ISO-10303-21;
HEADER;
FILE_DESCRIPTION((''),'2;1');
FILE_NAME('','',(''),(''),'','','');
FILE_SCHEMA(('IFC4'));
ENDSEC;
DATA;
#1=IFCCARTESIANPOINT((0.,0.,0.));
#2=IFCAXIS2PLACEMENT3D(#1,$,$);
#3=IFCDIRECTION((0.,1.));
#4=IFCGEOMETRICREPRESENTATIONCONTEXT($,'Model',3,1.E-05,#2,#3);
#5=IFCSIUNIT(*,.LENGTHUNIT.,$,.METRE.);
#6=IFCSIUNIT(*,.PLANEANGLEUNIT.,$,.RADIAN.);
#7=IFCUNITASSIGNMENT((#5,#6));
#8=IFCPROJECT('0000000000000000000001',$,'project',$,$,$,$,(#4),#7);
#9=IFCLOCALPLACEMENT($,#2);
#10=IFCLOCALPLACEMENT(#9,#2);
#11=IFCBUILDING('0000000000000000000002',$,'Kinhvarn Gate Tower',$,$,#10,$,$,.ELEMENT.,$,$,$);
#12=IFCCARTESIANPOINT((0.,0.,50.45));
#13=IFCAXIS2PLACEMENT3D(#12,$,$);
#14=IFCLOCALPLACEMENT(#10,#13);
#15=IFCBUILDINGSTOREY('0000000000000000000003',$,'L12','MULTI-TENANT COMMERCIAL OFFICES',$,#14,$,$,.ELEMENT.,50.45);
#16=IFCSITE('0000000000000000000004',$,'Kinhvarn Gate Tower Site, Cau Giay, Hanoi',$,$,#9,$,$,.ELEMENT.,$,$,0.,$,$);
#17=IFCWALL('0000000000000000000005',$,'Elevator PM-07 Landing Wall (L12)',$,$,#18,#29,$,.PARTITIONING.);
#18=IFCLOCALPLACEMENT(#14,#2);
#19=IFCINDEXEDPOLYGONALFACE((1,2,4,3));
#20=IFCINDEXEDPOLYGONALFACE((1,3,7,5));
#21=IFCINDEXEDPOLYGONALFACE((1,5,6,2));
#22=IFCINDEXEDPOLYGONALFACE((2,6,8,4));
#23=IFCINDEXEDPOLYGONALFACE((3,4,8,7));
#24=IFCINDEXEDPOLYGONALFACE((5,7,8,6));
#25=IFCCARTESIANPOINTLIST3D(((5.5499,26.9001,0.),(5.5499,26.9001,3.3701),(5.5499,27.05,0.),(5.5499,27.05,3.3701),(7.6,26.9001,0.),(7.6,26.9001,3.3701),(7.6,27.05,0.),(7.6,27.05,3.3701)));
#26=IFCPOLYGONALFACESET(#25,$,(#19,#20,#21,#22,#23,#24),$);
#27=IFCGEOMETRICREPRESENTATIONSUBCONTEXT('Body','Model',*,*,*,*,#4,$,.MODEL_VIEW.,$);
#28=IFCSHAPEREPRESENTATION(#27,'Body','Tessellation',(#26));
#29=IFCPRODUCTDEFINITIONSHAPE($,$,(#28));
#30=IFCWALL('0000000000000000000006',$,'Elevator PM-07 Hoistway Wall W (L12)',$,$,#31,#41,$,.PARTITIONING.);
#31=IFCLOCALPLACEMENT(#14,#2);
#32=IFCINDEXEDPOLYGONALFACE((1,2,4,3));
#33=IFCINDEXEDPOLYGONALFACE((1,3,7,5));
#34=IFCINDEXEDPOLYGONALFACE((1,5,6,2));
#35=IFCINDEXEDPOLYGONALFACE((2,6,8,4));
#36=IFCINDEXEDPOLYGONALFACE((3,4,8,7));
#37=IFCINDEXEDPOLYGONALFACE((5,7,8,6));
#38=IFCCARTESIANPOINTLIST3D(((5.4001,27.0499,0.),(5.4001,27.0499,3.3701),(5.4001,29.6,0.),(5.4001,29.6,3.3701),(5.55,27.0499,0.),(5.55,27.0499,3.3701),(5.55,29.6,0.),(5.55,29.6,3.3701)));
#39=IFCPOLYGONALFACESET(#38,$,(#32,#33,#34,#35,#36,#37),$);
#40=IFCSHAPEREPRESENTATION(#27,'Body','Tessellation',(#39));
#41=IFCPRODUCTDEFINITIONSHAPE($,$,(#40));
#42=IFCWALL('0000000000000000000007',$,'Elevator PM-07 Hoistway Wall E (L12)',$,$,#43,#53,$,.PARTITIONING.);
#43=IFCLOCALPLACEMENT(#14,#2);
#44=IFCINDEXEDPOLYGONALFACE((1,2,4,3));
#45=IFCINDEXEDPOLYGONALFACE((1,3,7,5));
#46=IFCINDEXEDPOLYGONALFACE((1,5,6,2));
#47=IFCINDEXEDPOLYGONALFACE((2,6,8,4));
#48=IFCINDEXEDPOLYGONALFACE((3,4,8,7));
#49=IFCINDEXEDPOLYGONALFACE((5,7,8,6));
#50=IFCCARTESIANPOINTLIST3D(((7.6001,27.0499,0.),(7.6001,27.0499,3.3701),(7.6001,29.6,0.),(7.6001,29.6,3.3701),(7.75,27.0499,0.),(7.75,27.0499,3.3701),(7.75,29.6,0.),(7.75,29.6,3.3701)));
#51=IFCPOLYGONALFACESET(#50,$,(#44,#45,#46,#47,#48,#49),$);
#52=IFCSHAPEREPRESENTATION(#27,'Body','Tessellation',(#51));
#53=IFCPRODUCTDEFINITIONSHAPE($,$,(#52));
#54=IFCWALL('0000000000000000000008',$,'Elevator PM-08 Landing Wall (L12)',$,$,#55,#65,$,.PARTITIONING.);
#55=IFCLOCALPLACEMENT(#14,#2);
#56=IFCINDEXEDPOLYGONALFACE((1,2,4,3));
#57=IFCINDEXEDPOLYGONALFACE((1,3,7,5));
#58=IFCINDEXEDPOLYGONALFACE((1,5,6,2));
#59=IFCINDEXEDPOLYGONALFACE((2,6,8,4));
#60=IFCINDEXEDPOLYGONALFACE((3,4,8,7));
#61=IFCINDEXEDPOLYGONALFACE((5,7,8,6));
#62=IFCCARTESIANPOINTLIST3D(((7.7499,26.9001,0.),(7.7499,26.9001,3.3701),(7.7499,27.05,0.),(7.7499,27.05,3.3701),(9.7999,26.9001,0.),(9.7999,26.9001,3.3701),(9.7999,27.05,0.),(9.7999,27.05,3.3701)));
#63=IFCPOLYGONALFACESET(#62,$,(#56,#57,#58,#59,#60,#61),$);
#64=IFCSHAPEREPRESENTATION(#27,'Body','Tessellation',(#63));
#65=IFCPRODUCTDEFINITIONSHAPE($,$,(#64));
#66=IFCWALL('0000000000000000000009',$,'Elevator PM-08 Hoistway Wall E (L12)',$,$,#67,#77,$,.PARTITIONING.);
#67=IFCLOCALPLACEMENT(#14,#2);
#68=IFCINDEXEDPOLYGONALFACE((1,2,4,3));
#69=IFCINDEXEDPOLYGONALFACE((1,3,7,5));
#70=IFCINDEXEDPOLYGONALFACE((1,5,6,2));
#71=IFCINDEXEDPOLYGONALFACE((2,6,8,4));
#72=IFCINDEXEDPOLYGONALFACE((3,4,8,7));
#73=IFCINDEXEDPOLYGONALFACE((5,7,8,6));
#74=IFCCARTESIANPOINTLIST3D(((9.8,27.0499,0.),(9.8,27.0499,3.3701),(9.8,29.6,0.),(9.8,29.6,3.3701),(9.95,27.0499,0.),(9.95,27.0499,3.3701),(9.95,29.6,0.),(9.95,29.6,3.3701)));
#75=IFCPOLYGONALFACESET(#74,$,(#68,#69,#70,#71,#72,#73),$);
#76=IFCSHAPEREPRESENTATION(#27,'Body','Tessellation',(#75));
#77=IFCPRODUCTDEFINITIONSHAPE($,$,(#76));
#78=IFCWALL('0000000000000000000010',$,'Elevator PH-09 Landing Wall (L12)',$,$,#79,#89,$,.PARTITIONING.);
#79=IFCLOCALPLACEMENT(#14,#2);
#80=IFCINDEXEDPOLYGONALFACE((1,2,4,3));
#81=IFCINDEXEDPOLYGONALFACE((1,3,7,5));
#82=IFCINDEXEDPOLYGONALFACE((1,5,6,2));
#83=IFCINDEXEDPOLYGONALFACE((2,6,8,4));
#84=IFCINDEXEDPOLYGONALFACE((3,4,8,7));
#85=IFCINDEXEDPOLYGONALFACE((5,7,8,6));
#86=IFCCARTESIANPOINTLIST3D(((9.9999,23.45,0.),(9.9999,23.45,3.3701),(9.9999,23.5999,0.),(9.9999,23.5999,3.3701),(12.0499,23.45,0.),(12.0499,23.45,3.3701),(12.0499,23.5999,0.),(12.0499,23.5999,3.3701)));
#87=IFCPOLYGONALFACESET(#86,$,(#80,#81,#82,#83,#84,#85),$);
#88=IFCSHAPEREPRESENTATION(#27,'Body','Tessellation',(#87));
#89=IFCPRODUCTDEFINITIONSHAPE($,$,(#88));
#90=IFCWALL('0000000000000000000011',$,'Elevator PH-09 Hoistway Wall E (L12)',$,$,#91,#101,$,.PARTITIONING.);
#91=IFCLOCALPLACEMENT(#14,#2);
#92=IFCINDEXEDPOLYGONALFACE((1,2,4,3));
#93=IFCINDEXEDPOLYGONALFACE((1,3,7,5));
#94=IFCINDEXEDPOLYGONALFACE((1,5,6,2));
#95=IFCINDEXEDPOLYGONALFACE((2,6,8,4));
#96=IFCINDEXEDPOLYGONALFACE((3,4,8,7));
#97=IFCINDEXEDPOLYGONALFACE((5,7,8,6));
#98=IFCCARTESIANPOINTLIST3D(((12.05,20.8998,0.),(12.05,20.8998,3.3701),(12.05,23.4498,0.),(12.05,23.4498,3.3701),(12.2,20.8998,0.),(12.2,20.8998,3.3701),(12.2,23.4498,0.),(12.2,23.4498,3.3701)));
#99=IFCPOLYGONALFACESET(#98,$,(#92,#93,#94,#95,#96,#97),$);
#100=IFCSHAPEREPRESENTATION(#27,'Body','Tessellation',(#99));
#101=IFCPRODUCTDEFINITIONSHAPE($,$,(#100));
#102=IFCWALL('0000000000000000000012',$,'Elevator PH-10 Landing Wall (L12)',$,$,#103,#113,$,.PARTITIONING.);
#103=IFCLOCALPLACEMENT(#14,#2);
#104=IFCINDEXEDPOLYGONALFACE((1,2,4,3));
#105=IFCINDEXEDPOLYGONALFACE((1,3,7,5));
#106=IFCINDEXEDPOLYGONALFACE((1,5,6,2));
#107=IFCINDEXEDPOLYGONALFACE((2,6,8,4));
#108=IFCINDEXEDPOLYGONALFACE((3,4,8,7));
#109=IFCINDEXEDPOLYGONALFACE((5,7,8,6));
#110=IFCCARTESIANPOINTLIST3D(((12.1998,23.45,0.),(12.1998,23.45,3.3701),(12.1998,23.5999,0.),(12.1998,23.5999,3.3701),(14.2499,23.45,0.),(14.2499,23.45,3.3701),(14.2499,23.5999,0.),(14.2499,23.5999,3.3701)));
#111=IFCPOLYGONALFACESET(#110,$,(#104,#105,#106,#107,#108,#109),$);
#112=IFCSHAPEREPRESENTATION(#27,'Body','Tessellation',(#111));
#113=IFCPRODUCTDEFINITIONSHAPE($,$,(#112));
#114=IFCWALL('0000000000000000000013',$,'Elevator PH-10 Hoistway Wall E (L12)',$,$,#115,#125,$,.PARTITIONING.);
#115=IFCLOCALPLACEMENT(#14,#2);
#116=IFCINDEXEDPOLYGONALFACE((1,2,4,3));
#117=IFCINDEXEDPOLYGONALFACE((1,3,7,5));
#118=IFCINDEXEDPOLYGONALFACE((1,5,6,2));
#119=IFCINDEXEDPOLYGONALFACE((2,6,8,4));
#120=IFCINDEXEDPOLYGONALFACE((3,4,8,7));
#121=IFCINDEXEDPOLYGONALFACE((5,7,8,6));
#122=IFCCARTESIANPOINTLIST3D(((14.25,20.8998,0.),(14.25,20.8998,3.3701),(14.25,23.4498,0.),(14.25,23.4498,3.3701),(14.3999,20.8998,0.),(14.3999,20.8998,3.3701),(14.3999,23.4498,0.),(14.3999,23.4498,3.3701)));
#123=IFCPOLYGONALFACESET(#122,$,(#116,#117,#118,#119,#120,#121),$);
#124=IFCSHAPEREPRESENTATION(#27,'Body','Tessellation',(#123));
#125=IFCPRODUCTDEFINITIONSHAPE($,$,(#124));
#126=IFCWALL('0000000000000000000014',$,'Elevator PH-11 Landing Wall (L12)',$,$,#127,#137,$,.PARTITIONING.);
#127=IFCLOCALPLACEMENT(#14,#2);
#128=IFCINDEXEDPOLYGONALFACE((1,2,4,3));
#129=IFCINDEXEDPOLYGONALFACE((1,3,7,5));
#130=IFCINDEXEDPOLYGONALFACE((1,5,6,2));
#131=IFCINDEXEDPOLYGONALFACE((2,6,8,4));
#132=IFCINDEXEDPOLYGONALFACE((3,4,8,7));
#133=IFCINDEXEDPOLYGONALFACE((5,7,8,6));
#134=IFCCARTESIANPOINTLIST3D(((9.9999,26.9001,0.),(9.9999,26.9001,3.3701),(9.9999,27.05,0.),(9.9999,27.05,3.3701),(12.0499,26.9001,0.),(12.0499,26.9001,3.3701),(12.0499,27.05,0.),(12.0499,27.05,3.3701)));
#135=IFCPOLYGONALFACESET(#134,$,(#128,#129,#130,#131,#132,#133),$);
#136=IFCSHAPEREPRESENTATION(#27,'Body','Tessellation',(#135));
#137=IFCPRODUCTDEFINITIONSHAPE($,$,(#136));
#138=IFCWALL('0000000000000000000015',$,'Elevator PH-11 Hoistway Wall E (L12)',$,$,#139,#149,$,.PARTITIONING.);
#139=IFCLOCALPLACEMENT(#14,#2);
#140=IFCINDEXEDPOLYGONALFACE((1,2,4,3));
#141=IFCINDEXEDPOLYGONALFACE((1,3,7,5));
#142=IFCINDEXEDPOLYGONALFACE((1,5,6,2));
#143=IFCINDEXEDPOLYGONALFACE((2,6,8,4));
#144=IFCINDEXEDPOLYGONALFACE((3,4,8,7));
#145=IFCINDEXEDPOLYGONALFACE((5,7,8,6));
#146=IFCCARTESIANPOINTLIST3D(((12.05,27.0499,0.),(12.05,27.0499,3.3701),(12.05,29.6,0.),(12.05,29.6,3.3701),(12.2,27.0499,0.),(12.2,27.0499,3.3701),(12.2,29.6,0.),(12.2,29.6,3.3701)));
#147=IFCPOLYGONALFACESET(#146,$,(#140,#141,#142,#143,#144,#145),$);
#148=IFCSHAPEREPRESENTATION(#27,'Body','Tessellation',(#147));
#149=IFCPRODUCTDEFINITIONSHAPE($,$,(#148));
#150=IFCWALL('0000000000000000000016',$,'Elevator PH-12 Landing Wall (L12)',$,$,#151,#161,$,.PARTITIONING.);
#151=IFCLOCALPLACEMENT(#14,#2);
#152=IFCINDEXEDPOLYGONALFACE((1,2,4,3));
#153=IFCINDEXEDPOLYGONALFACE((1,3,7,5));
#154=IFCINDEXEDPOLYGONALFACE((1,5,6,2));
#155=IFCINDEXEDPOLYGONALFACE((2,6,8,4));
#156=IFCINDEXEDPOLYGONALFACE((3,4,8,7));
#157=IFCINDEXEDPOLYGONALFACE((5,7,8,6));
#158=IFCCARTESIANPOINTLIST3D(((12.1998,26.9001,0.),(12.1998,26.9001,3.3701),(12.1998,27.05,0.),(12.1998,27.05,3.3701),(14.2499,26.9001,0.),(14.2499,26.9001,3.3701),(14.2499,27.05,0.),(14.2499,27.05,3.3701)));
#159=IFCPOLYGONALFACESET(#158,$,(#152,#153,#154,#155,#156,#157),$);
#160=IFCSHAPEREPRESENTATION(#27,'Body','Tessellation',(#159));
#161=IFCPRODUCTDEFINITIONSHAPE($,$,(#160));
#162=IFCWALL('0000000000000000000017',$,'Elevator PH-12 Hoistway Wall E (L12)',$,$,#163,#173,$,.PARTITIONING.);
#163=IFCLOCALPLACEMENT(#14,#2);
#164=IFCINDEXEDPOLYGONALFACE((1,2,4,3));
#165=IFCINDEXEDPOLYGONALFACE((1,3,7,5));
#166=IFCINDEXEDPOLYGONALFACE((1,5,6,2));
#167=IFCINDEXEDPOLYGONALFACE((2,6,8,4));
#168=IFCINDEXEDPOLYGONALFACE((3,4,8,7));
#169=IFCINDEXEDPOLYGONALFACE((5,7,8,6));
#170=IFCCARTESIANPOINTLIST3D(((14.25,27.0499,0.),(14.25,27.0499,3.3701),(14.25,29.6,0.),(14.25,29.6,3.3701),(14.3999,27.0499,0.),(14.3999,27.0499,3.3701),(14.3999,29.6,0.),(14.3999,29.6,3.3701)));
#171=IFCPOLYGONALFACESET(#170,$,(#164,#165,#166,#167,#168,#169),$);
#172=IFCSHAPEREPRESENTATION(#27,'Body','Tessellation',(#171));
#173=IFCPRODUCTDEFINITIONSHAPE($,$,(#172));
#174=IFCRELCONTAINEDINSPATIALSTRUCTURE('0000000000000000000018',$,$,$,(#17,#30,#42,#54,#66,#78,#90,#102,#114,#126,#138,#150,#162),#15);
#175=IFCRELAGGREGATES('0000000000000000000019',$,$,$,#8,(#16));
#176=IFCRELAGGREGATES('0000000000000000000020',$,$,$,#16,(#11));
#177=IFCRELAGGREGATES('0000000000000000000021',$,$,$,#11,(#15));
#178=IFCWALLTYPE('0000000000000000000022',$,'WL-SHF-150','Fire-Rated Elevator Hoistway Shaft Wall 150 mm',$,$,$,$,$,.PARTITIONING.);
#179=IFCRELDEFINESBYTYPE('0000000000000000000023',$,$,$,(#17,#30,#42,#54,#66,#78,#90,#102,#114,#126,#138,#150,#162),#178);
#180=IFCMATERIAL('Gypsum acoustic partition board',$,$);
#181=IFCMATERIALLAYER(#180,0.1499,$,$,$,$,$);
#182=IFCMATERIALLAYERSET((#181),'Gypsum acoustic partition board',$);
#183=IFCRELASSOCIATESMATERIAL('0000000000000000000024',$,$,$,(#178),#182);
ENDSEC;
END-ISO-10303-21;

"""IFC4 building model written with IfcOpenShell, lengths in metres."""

from ifc_helpers import new_model, si_unit, direction, frame, frame_2d, origin, place, context, subcontext, project, spatial, rectangle, extrude, material, layer, layer_set, type_object, element, save


model = new_model("IFC4")

# Units and contexts
model_context = context("Model", 3, precision=1e-05, world=origin(), true_north=direction((0.0, 1.0)))
body_context = subcontext(model_context, "Body", "Model", "MODEL_VIEW")
ifc_project = project(units=[si_unit("LENGTHUNIT", "METRE"), si_unit("PLANEANGLEUNIT", "RADIAN")], contexts=[model_context])

# Site, building, storey
site_placement = place(None, origin())
site = spatial("IfcSite", under=ifc_project, at=site_placement, Name="Kinhvarn Gate Tower Site, Cau Giay, Hanoi", CompositionType="ELEMENT", RefElevation=0.0)
building_placement = place(site_placement, origin())
building = spatial("IfcBuilding", under=site, at=building_placement, Name="Kinhvarn Gate Tower", CompositionType="ELEMENT")
storey_placement = place(building_placement, frame((0.0, 0.0, 50.45)))
storey = spatial("IfcBuildingStorey", under=building, at=storey_placement, Name="L12", Description="MULTI-TENANT COMMERCIAL OFFICES", CompositionType="ELEMENT", Elevation=50.45)

# Shared definitions
ifc_material_1 = material(Name="Gypsum acoustic partition board")

# Walls
ifc_layer_1 = layer(ifc_material_1, 0.1499)
ifc_layer_set_1 = layer_set([ifc_layer_1], Name="Gypsum acoustic partition board")
wall_type_1 = type_object("IfcWallType", Name="WL-SHF-150", Description="Fire-Rated Elevator Hoistway Shaft Wall 150 mm", PredefinedType="PARTITIONING", material=ifc_layer_set_1)
wall_1_placement = place(storey_placement, frame((5.55, 26.9751, 0.0), z_axis=(0.0, 0.0, 1.0), x_axis=(1.0, 0.0, 0.0)))
element("IfcWall", 1, at=wall_1_placement, inside=storey, type_object=wall_type_1, Name="Elevator PM-07 Landing Wall (L12)", PredefinedType="PARTITIONING", context=body_context, shape_type="SweptSolid", body=[
    extrude(rectangle(XDim=2.05, YDim=0.1499, at=frame_2d((1.0249, 0.0))), origin(), (0.0, 0.0, 1.0), 3.3701),
])
for number, where, z_axis, x_axis, name in (
    (2, (5.4751, 27.05, 0.0), (0.0, 0.0, 1.0), (0.0, 1.0, 0.0), "Elevator PM-07 Hoistway Wall W (L12)"),
    (3, (7.675, 27.05, 0.0), (0.0, 0.0, 1.0), (0.0, 1.0, 0.0), "Elevator PM-07 Hoistway Wall E (L12)"),
):
    element("IfcWall", number, at=place(storey_placement, frame(where, z_axis=z_axis, x_axis=x_axis)), inside=storey, type_object=wall_type_1, Name=name, PredefinedType="PARTITIONING", context=body_context, shape_type="SweptSolid", body=[
        extrude(rectangle(XDim=2.55, YDim=0.1499, at=frame_2d((1.2749, 0.0))), origin(), (0.0, 0.0, 1.0), 3.3701),
    ])
wall_2_placement = place(storey_placement, frame((7.75, 26.9751, 0.0), z_axis=(0.0, 0.0, 1.0), x_axis=(1.0, 0.0, 0.0)))
element("IfcWall", 4, at=wall_2_placement, inside=storey, type_object=wall_type_1, Name="Elevator PM-08 Landing Wall (L12)", PredefinedType="PARTITIONING", context=body_context, shape_type="SweptSolid", body=[
    extrude(rectangle(XDim=2.05, YDim=0.1499, at=frame_2d((1.0249, 0.0))), origin(), (0.0, 0.0, 1.0), 3.3701),
])
wall_3_placement = place(storey_placement, frame((9.875, 27.05, 0.0), z_axis=(0.0, 0.0, 1.0), x_axis=(0.0, 1.0, 0.0)))
element("IfcWall", 5, at=wall_3_placement, inside=storey, type_object=wall_type_1, Name="Elevator PM-08 Hoistway Wall E (L12)", PredefinedType="PARTITIONING", context=body_context, shape_type="SweptSolid", body=[
    extrude(rectangle(XDim=2.55, YDim=0.1499, at=frame_2d((1.2749, 0.0))), origin(), (0.0, 0.0, 1.0), 3.3701),
])
wall_4_placement = place(storey_placement, frame((10.0, 23.5249, 0.0), z_axis=(0.0, 0.0, 1.0), x_axis=(1.0, 0.0, 0.0)))
element("IfcWall", 6, at=wall_4_placement, inside=storey, type_object=wall_type_1, Name="Elevator PH-09 Landing Wall (L12)", PredefinedType="PARTITIONING", context=body_context, shape_type="SweptSolid", body=[
    extrude(rectangle(XDim=2.05, YDim=0.1499, at=frame_2d((1.0249, 0.0))), origin(), (0.0, 0.0, 1.0), 3.3701),
])
wall_5_placement = place(storey_placement, frame((12.125, 20.8999, 0.0), z_axis=(0.0, 0.0, 1.0), x_axis=(0.0, 1.0, 0.0)))
element("IfcWall", 7, at=wall_5_placement, inside=storey, type_object=wall_type_1, Name="Elevator PH-09 Hoistway Wall E (L12)", PredefinedType="PARTITIONING", context=body_context, shape_type="SweptSolid", body=[
    extrude(rectangle(XDim=2.55, YDim=0.1499, at=frame_2d((1.2749, 0.0))), origin(), (0.0, 0.0, 1.0), 3.3701),
])
wall_6_placement = place(storey_placement, frame((12.2, 23.5249, 0.0), z_axis=(0.0, 0.0, 1.0), x_axis=(1.0, 0.0, 0.0)))
element("IfcWall", 8, at=wall_6_placement, inside=storey, type_object=wall_type_1, Name="Elevator PH-10 Landing Wall (L12)", PredefinedType="PARTITIONING", context=body_context, shape_type="SweptSolid", body=[
    extrude(rectangle(XDim=2.05, YDim=0.1499, at=frame_2d((1.0249, 0.0))), origin(), (0.0, 0.0, 1.0), 3.3701),
])
wall_7_placement = place(storey_placement, frame((14.325, 20.8999, 0.0), z_axis=(0.0, 0.0, 1.0), x_axis=(0.0, 1.0, 0.0)))
element("IfcWall", 9, at=wall_7_placement, inside=storey, type_object=wall_type_1, Name="Elevator PH-10 Hoistway Wall E (L12)", PredefinedType="PARTITIONING", context=body_context, shape_type="SweptSolid", body=[
    extrude(rectangle(XDim=2.55, YDim=0.1499, at=frame_2d((1.2749, 0.0))), origin(), (0.0, 0.0, 1.0), 3.3701),
])
wall_8_placement = place(storey_placement, frame((10.0, 26.9751, 0.0), z_axis=(0.0, 0.0, 1.0), x_axis=(1.0, 0.0, 0.0)))
element("IfcWall", 10, at=wall_8_placement, inside=storey, type_object=wall_type_1, Name="Elevator PH-11 Landing Wall (L12)", PredefinedType="PARTITIONING", context=body_context, shape_type="SweptSolid", body=[
    extrude(rectangle(XDim=2.05, YDim=0.1499, at=frame_2d((1.0249, 0.0))), origin(), (0.0, 0.0, 1.0), 3.3701),
])
wall_9_placement = place(storey_placement, frame((12.125, 27.05, 0.0), z_axis=(0.0, 0.0, 1.0), x_axis=(0.0, 1.0, 0.0)))
element("IfcWall", 11, at=wall_9_placement, inside=storey, type_object=wall_type_1, Name="Elevator PH-11 Hoistway Wall E (L12)", PredefinedType="PARTITIONING", context=body_context, shape_type="SweptSolid", body=[
    extrude(rectangle(XDim=2.55, YDim=0.1499, at=frame_2d((1.2749, 0.0))), origin(), (0.0, 0.0, 1.0), 3.3701),
])
wall_10_placement = place(storey_placement, frame((12.2, 26.9751, 0.0), z_axis=(0.0, 0.0, 1.0), x_axis=(1.0, 0.0, 0.0)))
element("IfcWall", 12, at=wall_10_placement, inside=storey, type_object=wall_type_1, Name="Elevator PH-12 Landing Wall (L12)", PredefinedType="PARTITIONING", context=body_context, shape_type="SweptSolid", body=[
    extrude(rectangle(XDim=2.05, YDim=0.1499, at=frame_2d((1.0249, 0.0))), origin(), (0.0, 0.0, 1.0), 3.3701),
])
wall_11_placement = place(storey_placement, frame((14.325, 27.05, 0.0), z_axis=(0.0, 0.0, 1.0), x_axis=(0.0, 1.0, 0.0)))
element("IfcWall", 13, at=wall_11_placement, inside=storey, type_object=wall_type_1, Name="Elevator PH-12 Hoistway Wall E (L12)", PredefinedType="PARTITIONING", context=body_context, shape_type="SweptSolid", body=[
    extrude(rectangle(XDim=2.55, YDim=0.1499, at=frame_2d((1.2749, 0.0))), origin(), (0.0, 0.0, 1.0), 3.3701),
])

save(model, "model.ifc")
